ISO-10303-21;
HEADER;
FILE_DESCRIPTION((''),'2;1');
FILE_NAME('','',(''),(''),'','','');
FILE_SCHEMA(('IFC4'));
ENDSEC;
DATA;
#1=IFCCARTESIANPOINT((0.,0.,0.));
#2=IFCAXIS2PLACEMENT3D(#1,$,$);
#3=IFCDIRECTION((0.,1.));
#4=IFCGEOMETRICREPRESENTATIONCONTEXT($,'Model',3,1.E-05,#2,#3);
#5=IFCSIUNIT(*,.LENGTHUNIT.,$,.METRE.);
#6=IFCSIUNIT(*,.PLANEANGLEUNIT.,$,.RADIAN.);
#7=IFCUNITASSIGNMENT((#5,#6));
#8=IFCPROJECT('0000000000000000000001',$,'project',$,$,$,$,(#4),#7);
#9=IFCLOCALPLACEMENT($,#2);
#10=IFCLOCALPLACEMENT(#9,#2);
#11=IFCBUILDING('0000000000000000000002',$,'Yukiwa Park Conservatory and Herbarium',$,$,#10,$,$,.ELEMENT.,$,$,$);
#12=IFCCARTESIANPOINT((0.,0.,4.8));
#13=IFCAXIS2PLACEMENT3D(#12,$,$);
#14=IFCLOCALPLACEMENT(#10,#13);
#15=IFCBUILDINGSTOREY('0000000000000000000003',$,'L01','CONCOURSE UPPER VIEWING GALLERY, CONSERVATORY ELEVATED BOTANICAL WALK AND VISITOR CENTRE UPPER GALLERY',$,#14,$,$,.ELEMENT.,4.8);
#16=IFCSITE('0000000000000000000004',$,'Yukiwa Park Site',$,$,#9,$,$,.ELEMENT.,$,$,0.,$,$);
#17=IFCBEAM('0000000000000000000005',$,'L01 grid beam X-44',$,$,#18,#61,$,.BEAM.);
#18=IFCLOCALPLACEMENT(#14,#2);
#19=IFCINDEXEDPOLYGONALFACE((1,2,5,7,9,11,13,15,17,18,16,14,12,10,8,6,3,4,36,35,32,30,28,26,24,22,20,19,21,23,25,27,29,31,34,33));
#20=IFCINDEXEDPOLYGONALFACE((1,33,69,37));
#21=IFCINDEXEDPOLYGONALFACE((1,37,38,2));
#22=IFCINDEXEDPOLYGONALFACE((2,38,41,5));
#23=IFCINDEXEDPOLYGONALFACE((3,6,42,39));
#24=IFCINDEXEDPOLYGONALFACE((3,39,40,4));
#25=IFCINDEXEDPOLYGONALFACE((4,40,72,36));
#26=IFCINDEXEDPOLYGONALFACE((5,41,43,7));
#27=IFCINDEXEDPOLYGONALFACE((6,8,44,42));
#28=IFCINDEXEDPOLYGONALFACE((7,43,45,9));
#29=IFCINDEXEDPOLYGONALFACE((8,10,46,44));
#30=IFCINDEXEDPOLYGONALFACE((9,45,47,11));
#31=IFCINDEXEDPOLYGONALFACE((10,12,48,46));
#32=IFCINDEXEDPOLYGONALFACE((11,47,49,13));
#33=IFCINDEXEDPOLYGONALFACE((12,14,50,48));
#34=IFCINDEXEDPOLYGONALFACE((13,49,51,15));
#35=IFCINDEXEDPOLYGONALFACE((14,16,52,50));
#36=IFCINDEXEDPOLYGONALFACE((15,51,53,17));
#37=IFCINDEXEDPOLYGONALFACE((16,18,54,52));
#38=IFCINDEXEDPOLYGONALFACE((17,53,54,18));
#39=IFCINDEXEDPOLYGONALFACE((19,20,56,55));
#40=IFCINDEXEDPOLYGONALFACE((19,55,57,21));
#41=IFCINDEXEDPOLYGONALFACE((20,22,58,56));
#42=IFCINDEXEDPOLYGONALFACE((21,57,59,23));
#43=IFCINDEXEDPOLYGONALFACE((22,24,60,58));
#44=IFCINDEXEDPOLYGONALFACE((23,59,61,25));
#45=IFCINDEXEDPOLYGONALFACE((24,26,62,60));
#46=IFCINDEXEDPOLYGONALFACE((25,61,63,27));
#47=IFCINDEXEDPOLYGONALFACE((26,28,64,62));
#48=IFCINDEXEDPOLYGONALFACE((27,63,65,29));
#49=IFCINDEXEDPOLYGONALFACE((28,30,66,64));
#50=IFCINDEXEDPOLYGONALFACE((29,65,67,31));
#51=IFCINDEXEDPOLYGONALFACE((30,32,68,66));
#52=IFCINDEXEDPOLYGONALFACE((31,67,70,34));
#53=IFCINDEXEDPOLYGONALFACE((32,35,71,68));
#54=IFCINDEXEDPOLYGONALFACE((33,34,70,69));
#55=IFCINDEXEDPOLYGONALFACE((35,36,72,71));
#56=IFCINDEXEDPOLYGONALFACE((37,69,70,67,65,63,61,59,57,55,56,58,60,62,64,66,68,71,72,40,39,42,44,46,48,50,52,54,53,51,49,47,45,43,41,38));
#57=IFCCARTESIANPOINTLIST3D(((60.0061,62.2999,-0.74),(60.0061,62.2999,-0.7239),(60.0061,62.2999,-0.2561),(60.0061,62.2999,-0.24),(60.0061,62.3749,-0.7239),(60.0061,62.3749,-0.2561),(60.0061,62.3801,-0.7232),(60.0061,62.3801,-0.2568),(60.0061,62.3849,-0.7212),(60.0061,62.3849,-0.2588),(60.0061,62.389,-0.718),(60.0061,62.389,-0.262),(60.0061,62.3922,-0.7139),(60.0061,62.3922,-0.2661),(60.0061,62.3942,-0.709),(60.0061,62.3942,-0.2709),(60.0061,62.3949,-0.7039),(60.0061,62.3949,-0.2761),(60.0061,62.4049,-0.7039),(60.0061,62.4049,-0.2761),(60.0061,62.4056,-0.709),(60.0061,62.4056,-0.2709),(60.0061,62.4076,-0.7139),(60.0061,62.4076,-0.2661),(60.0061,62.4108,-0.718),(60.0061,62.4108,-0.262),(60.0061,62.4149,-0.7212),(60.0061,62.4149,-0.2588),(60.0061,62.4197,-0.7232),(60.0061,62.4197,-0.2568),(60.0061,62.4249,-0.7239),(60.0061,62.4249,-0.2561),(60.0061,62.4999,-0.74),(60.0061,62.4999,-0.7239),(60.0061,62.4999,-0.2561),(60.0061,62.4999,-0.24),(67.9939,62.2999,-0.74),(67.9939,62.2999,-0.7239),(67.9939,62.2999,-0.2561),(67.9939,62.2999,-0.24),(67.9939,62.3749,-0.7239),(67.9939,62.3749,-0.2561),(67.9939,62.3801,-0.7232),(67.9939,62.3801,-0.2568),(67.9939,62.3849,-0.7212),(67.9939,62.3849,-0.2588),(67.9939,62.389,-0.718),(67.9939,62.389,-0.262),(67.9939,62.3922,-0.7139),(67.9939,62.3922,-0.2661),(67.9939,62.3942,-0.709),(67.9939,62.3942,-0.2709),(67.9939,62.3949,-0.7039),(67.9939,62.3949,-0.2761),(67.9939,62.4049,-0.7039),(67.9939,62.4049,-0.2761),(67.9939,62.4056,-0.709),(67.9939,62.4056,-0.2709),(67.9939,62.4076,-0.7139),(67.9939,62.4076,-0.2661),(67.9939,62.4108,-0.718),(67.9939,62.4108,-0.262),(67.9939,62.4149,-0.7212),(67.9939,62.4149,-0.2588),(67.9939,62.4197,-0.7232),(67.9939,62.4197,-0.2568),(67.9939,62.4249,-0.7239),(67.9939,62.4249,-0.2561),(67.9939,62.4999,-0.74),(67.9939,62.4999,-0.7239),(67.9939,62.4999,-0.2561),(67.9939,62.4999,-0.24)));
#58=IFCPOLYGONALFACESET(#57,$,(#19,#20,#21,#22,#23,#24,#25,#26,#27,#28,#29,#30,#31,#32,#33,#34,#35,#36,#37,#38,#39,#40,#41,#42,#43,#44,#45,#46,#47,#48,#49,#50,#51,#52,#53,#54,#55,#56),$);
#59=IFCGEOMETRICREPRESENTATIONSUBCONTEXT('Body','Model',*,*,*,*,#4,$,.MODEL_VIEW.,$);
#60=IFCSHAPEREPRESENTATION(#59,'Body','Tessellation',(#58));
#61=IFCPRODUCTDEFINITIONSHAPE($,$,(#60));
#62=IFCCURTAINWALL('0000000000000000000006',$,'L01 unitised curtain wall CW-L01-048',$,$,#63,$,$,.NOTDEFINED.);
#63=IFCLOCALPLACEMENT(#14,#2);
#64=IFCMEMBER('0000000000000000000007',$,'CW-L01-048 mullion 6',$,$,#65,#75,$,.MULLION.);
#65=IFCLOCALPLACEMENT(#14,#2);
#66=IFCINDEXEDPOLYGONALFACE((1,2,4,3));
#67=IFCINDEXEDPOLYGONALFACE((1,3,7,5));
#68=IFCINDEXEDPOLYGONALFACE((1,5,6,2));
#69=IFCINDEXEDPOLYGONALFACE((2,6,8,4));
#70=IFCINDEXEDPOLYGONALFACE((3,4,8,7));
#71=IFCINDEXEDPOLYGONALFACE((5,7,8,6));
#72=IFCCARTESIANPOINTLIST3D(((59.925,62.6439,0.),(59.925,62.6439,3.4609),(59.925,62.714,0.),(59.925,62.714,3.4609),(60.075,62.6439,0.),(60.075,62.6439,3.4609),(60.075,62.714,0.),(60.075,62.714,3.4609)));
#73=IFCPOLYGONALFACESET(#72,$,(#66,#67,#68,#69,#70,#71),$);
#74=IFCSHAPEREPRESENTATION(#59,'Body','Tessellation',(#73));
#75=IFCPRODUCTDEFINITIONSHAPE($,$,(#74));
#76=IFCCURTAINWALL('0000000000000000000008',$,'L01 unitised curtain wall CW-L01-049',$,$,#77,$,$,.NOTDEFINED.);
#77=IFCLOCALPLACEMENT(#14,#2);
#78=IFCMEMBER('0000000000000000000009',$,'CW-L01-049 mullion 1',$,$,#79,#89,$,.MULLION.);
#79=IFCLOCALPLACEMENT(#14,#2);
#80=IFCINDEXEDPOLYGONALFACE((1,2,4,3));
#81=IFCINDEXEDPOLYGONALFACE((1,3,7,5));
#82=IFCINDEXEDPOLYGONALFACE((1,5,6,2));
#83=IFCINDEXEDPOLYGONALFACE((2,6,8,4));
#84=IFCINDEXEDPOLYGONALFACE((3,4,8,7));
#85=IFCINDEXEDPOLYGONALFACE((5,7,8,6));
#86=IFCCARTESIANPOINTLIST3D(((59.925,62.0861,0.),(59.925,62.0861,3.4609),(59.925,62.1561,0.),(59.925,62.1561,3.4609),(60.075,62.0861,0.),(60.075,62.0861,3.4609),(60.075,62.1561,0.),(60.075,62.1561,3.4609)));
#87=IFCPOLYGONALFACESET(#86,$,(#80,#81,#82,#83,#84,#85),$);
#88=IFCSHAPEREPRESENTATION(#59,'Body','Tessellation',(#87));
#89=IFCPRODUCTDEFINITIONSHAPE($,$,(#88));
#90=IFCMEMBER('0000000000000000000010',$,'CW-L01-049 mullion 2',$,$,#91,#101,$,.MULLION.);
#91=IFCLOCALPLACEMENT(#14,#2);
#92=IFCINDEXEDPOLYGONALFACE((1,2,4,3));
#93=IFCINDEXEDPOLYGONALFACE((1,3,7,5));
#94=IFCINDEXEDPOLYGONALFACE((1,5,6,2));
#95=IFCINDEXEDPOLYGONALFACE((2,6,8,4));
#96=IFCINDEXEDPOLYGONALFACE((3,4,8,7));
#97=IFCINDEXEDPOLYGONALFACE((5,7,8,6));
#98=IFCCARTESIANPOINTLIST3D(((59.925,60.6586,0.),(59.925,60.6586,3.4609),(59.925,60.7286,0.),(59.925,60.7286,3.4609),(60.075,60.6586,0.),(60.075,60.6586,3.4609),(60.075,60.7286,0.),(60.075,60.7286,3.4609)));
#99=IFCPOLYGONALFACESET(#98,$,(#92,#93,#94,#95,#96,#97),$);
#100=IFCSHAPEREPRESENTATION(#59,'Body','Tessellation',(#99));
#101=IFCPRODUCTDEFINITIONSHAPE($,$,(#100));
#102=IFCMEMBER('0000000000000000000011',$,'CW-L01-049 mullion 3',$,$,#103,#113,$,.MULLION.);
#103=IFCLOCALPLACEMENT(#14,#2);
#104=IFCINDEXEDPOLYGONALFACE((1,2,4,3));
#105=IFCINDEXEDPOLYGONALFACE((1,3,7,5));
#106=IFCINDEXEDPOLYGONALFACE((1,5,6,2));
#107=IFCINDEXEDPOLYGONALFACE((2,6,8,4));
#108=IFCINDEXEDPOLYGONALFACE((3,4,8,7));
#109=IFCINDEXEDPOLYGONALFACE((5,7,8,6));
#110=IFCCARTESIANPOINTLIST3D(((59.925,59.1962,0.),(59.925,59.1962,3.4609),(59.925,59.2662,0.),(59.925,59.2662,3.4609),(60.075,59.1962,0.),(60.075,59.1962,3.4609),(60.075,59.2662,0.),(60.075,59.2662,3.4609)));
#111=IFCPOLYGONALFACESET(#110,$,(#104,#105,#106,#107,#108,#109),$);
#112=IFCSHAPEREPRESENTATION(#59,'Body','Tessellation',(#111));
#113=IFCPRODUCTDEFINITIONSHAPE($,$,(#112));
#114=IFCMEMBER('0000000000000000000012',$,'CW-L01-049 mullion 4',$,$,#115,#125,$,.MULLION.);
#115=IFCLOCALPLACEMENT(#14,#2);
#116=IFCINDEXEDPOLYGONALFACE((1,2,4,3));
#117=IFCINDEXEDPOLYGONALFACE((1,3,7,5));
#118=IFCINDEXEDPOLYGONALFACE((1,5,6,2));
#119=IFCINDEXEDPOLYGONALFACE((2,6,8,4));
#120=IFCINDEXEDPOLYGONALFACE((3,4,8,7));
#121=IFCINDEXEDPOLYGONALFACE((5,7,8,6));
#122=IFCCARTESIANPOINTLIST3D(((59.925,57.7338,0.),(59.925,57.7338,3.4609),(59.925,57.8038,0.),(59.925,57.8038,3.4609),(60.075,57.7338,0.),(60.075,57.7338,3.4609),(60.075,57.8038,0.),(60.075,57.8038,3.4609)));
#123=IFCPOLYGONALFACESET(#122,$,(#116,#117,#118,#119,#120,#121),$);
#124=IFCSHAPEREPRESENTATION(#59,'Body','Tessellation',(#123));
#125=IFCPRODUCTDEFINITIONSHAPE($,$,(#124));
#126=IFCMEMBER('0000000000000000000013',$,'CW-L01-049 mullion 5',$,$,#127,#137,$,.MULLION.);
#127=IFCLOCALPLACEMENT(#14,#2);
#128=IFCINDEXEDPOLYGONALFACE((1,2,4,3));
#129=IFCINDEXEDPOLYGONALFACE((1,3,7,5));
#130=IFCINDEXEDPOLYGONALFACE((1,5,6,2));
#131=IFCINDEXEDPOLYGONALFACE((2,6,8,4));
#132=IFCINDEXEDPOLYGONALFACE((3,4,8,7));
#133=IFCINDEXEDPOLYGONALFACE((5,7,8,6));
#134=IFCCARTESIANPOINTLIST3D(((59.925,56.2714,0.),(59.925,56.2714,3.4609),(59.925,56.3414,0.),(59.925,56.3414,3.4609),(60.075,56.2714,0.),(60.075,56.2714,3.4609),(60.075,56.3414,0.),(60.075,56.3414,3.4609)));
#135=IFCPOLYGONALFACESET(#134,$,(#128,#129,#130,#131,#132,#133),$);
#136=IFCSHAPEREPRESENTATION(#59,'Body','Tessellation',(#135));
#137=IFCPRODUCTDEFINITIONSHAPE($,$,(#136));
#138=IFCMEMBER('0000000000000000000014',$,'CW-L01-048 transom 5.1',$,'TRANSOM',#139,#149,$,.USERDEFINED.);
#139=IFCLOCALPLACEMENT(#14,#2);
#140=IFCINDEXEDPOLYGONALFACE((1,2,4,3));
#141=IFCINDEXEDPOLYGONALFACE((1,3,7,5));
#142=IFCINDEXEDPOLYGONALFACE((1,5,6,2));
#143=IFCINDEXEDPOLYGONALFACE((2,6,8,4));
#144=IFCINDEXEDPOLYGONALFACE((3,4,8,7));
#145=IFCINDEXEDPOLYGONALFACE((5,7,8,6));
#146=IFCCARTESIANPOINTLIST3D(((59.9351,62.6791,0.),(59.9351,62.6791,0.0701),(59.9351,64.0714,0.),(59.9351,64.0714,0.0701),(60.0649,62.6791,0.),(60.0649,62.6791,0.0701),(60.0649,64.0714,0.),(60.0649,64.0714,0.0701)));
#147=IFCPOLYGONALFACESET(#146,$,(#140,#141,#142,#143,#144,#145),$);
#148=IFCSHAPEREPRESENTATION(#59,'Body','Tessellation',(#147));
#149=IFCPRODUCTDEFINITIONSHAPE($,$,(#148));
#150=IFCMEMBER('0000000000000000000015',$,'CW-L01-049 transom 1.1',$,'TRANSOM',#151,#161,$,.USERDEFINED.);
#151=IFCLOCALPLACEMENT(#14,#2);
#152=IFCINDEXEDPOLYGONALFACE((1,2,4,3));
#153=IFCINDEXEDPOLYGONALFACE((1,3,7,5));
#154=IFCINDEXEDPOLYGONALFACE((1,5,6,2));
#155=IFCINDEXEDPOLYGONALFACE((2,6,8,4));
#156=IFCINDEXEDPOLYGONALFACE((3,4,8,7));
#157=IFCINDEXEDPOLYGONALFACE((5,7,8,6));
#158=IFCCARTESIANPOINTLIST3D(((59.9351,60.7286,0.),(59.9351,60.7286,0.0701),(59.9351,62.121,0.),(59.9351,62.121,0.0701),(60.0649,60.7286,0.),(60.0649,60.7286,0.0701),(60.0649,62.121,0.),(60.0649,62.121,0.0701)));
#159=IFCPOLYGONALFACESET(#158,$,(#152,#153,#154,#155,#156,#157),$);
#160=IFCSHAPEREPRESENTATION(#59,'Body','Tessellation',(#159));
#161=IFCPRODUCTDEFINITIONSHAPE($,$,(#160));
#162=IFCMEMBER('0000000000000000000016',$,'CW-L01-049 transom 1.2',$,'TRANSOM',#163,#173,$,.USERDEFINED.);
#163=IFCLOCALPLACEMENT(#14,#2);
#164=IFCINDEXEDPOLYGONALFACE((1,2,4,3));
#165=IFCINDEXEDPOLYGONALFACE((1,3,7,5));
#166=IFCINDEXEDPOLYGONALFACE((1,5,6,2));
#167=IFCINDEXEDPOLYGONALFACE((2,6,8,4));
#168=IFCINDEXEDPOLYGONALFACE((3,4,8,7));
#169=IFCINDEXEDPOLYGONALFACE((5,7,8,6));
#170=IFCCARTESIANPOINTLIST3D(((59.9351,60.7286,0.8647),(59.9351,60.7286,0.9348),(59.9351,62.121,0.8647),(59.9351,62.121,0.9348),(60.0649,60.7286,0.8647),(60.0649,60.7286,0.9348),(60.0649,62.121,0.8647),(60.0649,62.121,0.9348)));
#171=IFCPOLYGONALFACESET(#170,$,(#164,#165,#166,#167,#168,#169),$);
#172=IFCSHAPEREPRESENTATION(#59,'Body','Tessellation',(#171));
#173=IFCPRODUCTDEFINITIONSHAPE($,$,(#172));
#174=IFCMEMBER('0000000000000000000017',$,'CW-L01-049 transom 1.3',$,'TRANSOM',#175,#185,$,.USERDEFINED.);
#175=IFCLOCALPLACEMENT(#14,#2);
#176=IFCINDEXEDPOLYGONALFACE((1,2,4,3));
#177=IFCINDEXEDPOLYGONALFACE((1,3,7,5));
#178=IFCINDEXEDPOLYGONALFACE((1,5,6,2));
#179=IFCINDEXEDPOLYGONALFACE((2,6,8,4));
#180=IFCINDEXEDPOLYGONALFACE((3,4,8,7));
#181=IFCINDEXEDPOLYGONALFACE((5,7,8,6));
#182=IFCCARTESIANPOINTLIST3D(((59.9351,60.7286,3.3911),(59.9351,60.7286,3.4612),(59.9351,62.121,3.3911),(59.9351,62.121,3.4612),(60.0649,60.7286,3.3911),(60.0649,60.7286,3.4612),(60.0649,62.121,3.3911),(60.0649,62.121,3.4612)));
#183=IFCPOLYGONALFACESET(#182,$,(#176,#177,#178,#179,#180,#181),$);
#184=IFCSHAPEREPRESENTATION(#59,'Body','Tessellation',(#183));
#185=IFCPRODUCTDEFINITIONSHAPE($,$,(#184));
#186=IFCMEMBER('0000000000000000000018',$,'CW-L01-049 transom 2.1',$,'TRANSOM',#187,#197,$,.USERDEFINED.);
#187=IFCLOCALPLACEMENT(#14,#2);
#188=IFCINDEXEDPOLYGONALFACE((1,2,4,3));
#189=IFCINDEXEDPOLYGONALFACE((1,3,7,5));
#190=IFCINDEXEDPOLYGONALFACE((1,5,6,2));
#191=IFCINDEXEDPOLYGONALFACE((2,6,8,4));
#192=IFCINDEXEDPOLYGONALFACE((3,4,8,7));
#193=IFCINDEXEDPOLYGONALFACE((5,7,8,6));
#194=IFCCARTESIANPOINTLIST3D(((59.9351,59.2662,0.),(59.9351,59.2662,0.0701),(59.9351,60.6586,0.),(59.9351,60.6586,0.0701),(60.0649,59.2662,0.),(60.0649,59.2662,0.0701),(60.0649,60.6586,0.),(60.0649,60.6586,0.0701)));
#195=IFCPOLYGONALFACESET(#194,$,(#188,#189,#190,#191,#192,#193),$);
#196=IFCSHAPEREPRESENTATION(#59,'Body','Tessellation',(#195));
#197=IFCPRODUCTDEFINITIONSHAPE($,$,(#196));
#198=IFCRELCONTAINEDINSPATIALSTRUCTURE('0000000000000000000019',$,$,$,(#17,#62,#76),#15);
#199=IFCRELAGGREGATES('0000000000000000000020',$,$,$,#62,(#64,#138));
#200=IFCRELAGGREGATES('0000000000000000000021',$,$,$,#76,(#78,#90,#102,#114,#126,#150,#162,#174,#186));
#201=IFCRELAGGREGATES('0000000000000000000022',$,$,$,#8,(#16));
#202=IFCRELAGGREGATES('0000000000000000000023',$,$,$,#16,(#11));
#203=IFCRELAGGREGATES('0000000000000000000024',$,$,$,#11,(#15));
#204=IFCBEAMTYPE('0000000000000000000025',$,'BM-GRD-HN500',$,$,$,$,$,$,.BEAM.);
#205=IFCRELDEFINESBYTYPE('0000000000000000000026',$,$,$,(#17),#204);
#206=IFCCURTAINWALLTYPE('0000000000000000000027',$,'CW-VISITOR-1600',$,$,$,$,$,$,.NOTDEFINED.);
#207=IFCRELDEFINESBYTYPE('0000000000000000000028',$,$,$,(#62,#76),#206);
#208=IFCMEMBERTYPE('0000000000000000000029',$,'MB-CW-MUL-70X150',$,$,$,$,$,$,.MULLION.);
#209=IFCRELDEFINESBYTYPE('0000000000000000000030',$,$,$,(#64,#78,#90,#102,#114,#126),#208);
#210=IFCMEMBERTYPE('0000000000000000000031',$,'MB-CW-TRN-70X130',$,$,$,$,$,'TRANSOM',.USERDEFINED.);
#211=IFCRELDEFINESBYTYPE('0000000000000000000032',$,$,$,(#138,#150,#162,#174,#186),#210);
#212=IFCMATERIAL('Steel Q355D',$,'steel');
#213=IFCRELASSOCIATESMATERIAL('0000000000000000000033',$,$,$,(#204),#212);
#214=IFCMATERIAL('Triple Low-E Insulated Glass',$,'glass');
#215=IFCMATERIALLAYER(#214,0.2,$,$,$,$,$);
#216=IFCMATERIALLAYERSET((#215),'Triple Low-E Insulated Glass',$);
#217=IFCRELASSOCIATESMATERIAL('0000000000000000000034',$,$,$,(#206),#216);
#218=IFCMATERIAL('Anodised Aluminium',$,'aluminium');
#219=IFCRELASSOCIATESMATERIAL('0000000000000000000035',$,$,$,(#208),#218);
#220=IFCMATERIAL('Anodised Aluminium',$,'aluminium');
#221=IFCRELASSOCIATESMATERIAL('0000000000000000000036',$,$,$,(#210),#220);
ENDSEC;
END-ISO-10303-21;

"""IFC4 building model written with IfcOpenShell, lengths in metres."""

from ifc_helpers import new_model, si_unit, direction, frame, origin, origin_2d, place, context, subcontext, project, spatial, rectangle, i_section, extrude, material, layer, layer_set, material_profile, profile_set, type_object, element, aggregate, save


model = new_model("IFC4")

# Units and contexts
model_context = context("Model", 3, precision=1e-05, world=origin(), true_north=direction((0.0, 1.0)))
body_context = subcontext(model_context, "Body", "Model", "MODEL_VIEW")
ifc_project = project(units=[si_unit("LENGTHUNIT", "METRE"), si_unit("PLANEANGLEUNIT", "RADIAN")], contexts=[model_context])

# Site, building, storey
site_placement = place(None, origin())
site = spatial("IfcSite", under=ifc_project, at=site_placement, Name="Yukiwa Park Site", CompositionType="ELEMENT", RefElevation=0.0)
building_placement = place(site_placement, origin())
building = spatial("IfcBuilding", under=site, at=building_placement, Name="Yukiwa Park Conservatory and Herbarium", CompositionType="ELEMENT")
storey_placement = place(building_placement, frame((0.0, 0.0, 4.8)))
storey = spatial("IfcBuildingStorey", under=building, at=storey_placement, Name="L01", Description="CONCOURSE UPPER VIEWING GALLERY, CONSERVATORY ELEVATED BOTANICAL WALK AND VISITOR CENTRE UPPER GALLERY", CompositionType="ELEMENT", Elevation=4.8)

# Beam
ifc_material_1 = material(Name="Steel Q355D", Category="steel")
ifc_material_profile = material_profile(ifc_material_1, i_section(OverallWidth=0.2, OverallDepth=0.5, WebThickness=0.01, FlangeThickness=0.0161, FilletRadius=0.02, at=origin_2d()), Name="HN 500x200x10x16")
ifc_profile_set = profile_set([ifc_material_profile], Name="Steel Q355D")
beam_type = type_object("IfcBeamType", Name="BM-GRD-HN500", PredefinedType="BEAM", material=ifc_profile_set)
beam_placement = place(storey_placement, frame((60.0061, 62.3999, -0.49), z_axis=(1.0, 0.0, 0.0), x_axis=(0.0, 1.0, 0.0)))
element("IfcBeam", 1, at=beam_placement, inside=storey, type_object=beam_type, Name="L01 grid beam X-44", PredefinedType="BEAM", context=body_context, shape_type="SweptSolid", body=[
    extrude(i_section(OverallWidth=0.2, OverallDepth=0.5, WebThickness=0.01, FlangeThickness=0.0161, FilletRadius=0.02, at=origin_2d()), origin(), (0.0, 0.0, 1.0), 7.9878),
])

# Curtain wall, member
ifc_material_2 = material(Name="Triple Low-E Insulated Glass", Category="glass")
ifc_layer_1 = layer(ifc_material_2, 0.2)
ifc_layer_set_1 = layer_set([ifc_layer_1], Name="Triple Low-E Insulated Glass")
curtain_wall_type = type_object("IfcCurtainWallType", Name="CW-VISITOR-1600", PredefinedType="NOTDEFINED", material=ifc_layer_set_1)
curtain_wall_1_placement = place(storey_placement, origin())
curtain_wall_1 = element("IfcCurtainWall", 2, at=curtain_wall_1_placement, inside=storey, type_object=curtain_wall_type, Name="L01 unitised curtain wall CW-L01-048", PredefinedType="NOTDEFINED")
ifc_material_3 = material(Name="Anodised Aluminium", Category="aluminium")
member_type_1 = type_object("IfcMemberType", Name="MB-CW-MUL-70X150", PredefinedType="MULLION", material=ifc_material_3)
member_1_placement = place(storey_placement, frame((60.0, 62.679, 0.0), z_axis=(0.0, 0.0, 1.0), x_axis=(0.0, -1.0, 0.0)))
member_1 = element("IfcMember", 3, at=member_1_placement, type_object=member_type_1, Name="CW-L01-048 mullion 6", PredefinedType="MULLION", context=body_context, shape_type="SweptSolid", body=[
    extrude(rectangle(XDim=0.0701, YDim=0.1499, at=origin_2d()), origin(), (0.0, 0.0, 1.0), 3.4609),
])

# Curtain wall, members
curtain_wall_2_placement = place(storey_placement, origin())
curtain_wall_2 = element("IfcCurtainWall", 4, at=curtain_wall_2_placement, inside=storey, type_object=curtain_wall_type, Name="L01 unitised curtain wall CW-L01-049", PredefinedType="NOTDEFINED")
member_2_placement = place(storey_placement, frame((60.0, 62.1211, 0.0), z_axis=(0.0, 0.0, 1.0), x_axis=(0.0, -1.0, 0.0)))
member_2 = element("IfcMember", 5, at=member_2_placement, type_object=member_type_1, Name="CW-L01-049 mullion 1", PredefinedType="MULLION", context=body_context, shape_type="SweptSolid", body=[
    extrude(rectangle(XDim=0.0701, YDim=0.1499, at=origin_2d()), origin(), (0.0, 0.0, 1.0), 3.4609),
])
member_3_placement = place(storey_placement, frame((60.0, 60.6936, 0.0), z_axis=(0.0, 0.0, 1.0), x_axis=(0.0, -1.0, 0.0)))
member_3 = element("IfcMember", 6, at=member_3_placement, type_object=member_type_1, Name="CW-L01-049 mullion 2", PredefinedType="MULLION", context=body_context, shape_type="SweptSolid", body=[
    extrude(rectangle(XDim=0.0701, YDim=0.1499, at=origin_2d()), origin(), (0.0, 0.0, 1.0), 3.4609),
])
member_4_placement = place(storey_placement, frame((60.0, 59.2312, 0.0), z_axis=(0.0, 0.0, 1.0), x_axis=(0.0, -1.0, 0.0)))
member_4 = element("IfcMember", 7, at=member_4_placement, type_object=member_type_1, Name="CW-L01-049 mullion 3", PredefinedType="MULLION", context=body_context, shape_type="SweptSolid", body=[
    extrude(rectangle(XDim=0.0701, YDim=0.1499, at=origin_2d()), origin(), (0.0, 0.0, 1.0), 3.4609),
])
member_5_placement = place(storey_placement, frame((60.0, 57.7688, 0.0), z_axis=(0.0, 0.0, 1.0), x_axis=(0.0, -1.0, 0.0)))
member_5 = element("IfcMember", 8, at=member_5_placement, type_object=member_type_1, Name="CW-L01-049 mullion 4", PredefinedType="MULLION", context=body_context, shape_type="SweptSolid", body=[
    extrude(rectangle(XDim=0.0701, YDim=0.1499, at=origin_2d()), origin(), (0.0, 0.0, 1.0), 3.4609),
])
member_6_placement = place(storey_placement, frame((60.0, 56.3064, 0.0), z_axis=(0.0, 0.0, 1.0), x_axis=(0.0, -1.0, 0.0)))
member_6 = element("IfcMember", 9, at=member_6_placement, type_object=member_type_1, Name="CW-L01-049 mullion 5", PredefinedType="MULLION", context=body_context, shape_type="SweptSolid", body=[
    extrude(rectangle(XDim=0.0701, YDim=0.1499, at=origin_2d()), origin(), (0.0, 0.0, 1.0), 3.4609),
])

# Members
ifc_material_4 = material(Name="Anodised Aluminium", Category="aluminium")
member_type_2 = type_object("IfcMemberType", Name="MB-CW-TRN-70X130", ElementType="TRANSOM", PredefinedType="USERDEFINED", material=ifc_material_4)
member_7_placement = place(storey_placement, frame((60.0, 63.3752, 0.0), z_axis=(0.0, 0.0, 1.0), x_axis=(0.0, -1.0, 0.0)))
member_7 = element("IfcMember", 10, at=member_7_placement, type_object=member_type_2, Name="CW-L01-048 transom 5.1", ObjectType="TRANSOM", PredefinedType="USERDEFINED", context=body_context, shape_type="SweptSolid", body=[
    extrude(rectangle(XDim=1.3923, YDim=0.1299, at=origin_2d()), origin(), (0.0, 0.0, 1.0), 0.0701),
])
aggregate(curtain_wall_1, [member_1, member_7])
member_8_placement = place(storey_placement, frame((60.0, 61.4248, 0.0), z_axis=(0.0, 0.0, 1.0), x_axis=(0.0, -1.0, 0.0)))
member_8 = element("IfcMember", 11, at=member_8_placement, type_object=member_type_2, Name="CW-L01-049 transom 1.1", ObjectType="TRANSOM", PredefinedType="USERDEFINED", context=body_context, shape_type="SweptSolid", body=[
    extrude(rectangle(XDim=1.3923, YDim=0.1299, at=origin_2d()), origin(), (0.0, 0.0, 1.0), 0.0701),
])
member_9_placement = place(storey_placement, frame((60.0, 61.4248, 0.8647), z_axis=(0.0, 0.0, 1.0), x_axis=(0.0, -1.0, 0.0)))
member_9 = element("IfcMember", 12, at=member_9_placement, type_object=member_type_2, Name="CW-L01-049 transom 1.2", ObjectType="TRANSOM", PredefinedType="USERDEFINED", context=body_context, shape_type="SweptSolid", body=[
    extrude(rectangle(XDim=1.3923, YDim=0.1299, at=origin_2d()), origin(), (0.0, 0.0, 1.0), 0.0701),
])
member_10_placement = place(storey_placement, frame((60.0, 61.4248, 3.3911), z_axis=(0.0, 0.0, 1.0), x_axis=(0.0, -1.0, 0.0)))
member_10 = element("IfcMember", 13, at=member_10_placement, type_object=member_type_2, Name="CW-L01-049 transom 1.3", ObjectType="TRANSOM", PredefinedType="USERDEFINED", context=body_context, shape_type="SweptSolid", body=[
    extrude(rectangle(XDim=1.3923, YDim=0.1299, at=origin_2d()), origin(), (0.0, 0.0, 1.0), 0.0701),
])
member_11_placement = place(storey_placement, frame((60.0, 59.9624, 0.0), z_axis=(0.0, 0.0, 1.0), x_axis=(0.0, -1.0, 0.0)))
member_11 = element("IfcMember", 14, at=member_11_placement, type_object=member_type_2, Name="CW-L01-049 transom 2.1", ObjectType="TRANSOM", PredefinedType="USERDEFINED", context=body_context, shape_type="SweptSolid", body=[
    extrude(rectangle(XDim=1.3923, YDim=0.1299, at=origin_2d()), origin(), (0.0, 0.0, 1.0), 0.0701),
])

aggregate(curtain_wall_2, [member_2, member_3, member_4, member_5, member_6, member_8, member_9, member_10, member_11])

save(model, "model.ifc")
